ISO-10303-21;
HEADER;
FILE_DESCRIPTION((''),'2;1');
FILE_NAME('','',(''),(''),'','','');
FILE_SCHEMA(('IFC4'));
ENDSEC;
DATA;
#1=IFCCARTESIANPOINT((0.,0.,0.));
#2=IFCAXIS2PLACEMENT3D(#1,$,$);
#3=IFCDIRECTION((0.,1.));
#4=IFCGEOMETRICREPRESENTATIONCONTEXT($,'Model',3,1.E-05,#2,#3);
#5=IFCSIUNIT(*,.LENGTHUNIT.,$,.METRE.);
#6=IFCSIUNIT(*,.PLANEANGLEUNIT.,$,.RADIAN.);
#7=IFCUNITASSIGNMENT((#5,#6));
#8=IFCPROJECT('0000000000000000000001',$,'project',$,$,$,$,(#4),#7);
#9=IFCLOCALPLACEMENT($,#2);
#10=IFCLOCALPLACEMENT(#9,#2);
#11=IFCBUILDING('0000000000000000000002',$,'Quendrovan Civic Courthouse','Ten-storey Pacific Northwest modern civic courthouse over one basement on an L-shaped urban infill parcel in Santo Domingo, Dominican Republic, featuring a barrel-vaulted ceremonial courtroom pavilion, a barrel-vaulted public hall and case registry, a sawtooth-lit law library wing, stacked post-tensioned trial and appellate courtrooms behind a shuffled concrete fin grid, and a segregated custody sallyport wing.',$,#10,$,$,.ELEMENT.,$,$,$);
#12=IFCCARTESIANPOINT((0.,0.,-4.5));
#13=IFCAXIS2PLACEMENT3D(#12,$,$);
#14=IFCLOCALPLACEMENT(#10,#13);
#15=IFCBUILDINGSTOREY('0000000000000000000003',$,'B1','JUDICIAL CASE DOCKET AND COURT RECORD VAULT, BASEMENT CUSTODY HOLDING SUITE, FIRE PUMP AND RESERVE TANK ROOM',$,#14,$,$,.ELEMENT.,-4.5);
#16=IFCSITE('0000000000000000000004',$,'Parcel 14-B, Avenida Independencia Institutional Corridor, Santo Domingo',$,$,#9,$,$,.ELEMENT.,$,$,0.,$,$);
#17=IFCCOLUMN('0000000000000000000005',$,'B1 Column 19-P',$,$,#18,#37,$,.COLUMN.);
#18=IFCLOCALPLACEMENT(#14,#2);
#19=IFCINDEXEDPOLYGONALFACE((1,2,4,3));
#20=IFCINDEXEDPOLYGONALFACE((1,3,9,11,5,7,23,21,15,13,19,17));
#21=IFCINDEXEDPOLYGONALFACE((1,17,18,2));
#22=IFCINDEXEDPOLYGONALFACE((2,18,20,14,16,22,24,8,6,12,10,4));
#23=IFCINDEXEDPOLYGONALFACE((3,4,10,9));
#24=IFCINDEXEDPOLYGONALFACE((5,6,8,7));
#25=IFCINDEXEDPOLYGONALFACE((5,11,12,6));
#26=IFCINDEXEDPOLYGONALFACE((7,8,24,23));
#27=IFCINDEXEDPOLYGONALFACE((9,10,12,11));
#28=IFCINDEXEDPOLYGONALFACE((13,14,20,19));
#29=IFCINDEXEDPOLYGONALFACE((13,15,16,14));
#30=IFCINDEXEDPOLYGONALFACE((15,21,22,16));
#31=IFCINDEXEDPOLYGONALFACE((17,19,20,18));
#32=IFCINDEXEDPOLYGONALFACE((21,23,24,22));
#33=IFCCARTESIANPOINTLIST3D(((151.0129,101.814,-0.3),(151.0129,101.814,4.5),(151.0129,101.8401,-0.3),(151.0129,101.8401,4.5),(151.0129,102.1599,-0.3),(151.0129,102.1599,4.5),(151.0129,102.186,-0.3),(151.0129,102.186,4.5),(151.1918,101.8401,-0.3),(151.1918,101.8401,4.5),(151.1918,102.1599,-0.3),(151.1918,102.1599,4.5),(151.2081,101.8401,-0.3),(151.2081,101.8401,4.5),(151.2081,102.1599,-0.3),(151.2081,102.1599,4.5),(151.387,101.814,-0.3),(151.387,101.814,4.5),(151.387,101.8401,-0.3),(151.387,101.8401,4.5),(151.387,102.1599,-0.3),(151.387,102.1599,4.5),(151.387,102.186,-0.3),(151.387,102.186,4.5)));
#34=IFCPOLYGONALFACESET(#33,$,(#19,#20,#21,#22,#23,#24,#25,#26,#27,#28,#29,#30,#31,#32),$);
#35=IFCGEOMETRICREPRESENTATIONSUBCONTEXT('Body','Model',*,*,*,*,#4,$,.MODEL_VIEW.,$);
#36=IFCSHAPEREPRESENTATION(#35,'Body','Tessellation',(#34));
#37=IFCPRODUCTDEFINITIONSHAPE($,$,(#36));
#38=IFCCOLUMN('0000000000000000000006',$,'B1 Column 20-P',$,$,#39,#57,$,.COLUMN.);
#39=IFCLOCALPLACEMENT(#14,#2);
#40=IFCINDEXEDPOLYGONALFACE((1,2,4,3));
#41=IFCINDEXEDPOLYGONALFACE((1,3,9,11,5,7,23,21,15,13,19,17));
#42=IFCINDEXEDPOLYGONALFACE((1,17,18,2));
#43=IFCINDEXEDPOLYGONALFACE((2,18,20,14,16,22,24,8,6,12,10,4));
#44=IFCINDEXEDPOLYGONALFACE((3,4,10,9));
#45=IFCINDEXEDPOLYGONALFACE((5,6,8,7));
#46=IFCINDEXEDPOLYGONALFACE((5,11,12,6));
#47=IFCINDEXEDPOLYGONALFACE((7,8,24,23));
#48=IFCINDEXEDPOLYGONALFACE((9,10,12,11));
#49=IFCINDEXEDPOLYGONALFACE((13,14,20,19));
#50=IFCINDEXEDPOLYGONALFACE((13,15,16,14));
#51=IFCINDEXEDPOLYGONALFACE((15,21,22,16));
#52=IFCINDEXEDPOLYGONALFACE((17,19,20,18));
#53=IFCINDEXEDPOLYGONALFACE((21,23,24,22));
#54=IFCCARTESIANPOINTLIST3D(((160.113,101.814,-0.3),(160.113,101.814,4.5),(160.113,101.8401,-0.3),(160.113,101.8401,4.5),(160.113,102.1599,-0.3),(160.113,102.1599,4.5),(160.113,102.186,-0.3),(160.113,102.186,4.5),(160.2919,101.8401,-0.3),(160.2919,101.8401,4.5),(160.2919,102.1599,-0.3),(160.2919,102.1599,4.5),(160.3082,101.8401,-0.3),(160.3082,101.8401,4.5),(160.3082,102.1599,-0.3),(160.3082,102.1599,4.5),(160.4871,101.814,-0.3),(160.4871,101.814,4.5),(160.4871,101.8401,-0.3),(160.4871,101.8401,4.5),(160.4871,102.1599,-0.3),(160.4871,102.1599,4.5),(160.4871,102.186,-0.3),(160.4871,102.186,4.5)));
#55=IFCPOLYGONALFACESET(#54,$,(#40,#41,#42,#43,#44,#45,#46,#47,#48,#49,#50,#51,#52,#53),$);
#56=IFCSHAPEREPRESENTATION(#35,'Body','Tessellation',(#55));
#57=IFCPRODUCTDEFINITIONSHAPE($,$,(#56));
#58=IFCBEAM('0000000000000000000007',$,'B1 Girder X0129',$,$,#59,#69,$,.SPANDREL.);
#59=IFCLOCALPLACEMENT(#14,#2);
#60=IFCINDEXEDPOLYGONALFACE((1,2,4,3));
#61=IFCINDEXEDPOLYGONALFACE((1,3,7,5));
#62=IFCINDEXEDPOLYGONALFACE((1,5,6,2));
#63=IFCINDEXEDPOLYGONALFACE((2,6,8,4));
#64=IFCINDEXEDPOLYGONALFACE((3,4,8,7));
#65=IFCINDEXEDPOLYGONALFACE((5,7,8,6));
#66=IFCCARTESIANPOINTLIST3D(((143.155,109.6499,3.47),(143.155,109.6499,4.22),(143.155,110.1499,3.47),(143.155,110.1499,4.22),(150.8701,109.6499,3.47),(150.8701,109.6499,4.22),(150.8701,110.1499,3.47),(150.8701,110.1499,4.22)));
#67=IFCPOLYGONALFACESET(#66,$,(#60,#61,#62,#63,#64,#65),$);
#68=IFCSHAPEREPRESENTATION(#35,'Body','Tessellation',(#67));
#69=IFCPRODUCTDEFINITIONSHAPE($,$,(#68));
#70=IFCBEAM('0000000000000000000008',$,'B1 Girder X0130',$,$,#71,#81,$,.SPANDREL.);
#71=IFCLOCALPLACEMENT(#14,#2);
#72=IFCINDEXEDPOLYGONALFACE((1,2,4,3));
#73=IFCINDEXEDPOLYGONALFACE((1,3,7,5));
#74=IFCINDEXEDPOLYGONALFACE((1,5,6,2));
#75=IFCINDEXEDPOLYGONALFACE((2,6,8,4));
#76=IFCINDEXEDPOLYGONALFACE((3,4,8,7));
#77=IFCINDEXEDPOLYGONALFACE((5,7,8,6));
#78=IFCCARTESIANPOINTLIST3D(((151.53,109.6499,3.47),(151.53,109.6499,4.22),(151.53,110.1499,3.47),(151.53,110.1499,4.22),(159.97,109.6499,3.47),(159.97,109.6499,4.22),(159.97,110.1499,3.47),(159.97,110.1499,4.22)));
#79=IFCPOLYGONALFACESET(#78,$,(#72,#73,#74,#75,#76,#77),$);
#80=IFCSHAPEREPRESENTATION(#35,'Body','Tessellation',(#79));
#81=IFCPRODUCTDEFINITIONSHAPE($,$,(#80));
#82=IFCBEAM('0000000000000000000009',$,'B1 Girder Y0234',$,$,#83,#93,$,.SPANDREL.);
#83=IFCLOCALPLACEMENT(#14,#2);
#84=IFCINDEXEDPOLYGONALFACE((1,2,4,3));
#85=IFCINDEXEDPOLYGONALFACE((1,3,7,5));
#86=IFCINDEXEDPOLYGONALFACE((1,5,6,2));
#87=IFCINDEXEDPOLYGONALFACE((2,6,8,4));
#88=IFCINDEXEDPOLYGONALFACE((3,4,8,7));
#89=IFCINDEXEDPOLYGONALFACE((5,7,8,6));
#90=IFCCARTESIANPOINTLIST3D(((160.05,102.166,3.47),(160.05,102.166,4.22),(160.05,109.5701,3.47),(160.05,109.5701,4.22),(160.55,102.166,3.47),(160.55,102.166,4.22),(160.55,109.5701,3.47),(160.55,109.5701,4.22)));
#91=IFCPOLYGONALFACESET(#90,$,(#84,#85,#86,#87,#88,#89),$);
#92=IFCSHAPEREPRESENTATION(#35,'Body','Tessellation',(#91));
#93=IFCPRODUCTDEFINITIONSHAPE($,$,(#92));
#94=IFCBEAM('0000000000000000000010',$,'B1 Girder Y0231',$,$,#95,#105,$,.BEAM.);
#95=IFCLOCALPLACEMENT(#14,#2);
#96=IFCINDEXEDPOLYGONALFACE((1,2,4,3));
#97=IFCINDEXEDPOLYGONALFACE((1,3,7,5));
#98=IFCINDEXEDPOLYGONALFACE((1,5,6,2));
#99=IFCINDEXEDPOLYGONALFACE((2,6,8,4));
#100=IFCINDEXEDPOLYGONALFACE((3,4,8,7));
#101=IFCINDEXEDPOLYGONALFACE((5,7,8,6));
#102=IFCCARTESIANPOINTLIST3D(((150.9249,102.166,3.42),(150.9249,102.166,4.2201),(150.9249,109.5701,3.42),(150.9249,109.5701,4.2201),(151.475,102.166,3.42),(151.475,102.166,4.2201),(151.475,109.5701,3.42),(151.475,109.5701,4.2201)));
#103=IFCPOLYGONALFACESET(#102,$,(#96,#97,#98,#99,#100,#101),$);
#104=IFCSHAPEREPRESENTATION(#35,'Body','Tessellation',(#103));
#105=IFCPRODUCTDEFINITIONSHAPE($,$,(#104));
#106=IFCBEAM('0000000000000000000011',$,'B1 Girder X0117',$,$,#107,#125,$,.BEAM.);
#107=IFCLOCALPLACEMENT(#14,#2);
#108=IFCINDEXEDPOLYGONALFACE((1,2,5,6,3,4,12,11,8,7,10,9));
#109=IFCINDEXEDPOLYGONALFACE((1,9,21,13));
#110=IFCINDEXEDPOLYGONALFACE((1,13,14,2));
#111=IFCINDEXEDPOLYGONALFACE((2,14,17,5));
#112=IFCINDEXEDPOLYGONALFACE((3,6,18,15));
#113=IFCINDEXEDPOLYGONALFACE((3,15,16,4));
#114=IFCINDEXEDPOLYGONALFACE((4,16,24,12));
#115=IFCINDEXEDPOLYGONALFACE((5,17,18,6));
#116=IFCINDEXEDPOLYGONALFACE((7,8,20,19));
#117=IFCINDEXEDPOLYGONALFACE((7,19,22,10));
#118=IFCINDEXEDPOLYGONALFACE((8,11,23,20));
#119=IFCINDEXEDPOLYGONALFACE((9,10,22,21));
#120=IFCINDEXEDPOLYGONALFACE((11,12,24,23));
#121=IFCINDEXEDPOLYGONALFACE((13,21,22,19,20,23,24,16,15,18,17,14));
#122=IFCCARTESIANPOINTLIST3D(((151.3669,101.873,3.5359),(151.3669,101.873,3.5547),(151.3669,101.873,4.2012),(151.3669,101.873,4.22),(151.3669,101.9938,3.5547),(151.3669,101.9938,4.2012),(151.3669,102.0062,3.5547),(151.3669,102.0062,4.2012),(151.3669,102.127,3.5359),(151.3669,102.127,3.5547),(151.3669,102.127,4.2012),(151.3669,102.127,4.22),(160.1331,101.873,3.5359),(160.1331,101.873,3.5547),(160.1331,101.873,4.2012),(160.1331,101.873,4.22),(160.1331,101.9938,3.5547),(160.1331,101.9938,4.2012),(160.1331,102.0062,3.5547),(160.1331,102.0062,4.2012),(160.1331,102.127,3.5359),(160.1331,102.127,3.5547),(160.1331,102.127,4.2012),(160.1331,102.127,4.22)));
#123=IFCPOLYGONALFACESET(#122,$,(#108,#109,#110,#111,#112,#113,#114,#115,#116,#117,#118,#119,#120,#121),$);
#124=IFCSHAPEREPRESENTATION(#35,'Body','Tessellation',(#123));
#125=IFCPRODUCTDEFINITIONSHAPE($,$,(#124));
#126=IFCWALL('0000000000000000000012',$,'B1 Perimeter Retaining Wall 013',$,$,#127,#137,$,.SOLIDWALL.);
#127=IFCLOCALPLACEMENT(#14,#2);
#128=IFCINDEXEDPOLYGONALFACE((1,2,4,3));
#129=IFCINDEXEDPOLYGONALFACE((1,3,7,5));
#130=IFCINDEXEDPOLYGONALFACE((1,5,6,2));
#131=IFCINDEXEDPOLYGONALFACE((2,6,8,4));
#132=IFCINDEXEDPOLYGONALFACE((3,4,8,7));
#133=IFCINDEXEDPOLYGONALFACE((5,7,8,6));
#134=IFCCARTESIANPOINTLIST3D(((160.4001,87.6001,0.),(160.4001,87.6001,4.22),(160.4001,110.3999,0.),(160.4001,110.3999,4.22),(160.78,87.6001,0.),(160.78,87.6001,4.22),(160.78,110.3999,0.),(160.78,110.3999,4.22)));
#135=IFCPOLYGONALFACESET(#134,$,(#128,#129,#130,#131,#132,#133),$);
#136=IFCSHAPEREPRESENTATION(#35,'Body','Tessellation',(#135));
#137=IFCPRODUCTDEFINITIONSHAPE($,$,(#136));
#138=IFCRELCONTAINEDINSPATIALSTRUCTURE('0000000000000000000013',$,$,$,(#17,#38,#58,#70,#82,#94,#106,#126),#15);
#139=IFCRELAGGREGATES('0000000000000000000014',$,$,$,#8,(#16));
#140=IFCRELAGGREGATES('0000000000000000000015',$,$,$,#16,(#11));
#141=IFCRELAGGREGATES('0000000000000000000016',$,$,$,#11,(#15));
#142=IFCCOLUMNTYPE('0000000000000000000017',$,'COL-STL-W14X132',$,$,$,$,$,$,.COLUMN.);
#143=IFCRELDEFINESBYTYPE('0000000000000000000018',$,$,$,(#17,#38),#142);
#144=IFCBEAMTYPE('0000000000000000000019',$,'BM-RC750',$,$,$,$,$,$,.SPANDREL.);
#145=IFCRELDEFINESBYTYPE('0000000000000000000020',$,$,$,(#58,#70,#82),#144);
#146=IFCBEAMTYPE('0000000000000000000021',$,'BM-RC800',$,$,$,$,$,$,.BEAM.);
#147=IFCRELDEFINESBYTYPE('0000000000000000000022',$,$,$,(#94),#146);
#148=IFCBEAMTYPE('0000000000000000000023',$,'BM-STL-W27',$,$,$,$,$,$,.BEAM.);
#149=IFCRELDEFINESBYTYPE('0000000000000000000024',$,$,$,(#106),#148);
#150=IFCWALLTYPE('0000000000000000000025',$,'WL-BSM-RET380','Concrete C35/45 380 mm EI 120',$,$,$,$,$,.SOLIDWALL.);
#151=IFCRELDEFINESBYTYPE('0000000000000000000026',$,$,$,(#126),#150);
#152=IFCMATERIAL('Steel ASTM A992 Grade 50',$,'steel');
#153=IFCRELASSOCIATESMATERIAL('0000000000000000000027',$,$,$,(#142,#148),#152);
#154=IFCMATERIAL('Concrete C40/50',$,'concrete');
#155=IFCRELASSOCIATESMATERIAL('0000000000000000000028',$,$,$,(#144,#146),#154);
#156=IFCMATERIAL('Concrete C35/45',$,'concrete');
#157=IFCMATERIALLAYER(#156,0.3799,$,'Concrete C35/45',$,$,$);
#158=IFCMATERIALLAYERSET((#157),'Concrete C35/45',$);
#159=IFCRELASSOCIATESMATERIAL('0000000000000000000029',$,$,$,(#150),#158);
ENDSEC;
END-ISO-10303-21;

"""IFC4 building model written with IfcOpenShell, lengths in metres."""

from ifc_helpers import new_model, si_unit, direction, frame, frame_2d, origin, origin_2d, place, context, subcontext, project, spatial, rectangle, i_section, extrude, material, layer, layer_set, material_profile, profile_set, type_object, element, save


model = new_model("IFC4")

# Units and contexts
model_context = context("Model", 3, precision=1e-05, world=origin(), true_north=direction((0.0, 1.0)))
body_context = subcontext(model_context, "Body", "Model", "MODEL_VIEW")
ifc_project = project(units=[si_unit("LENGTHUNIT", "METRE"), si_unit("PLANEANGLEUNIT", "RADIAN")], contexts=[model_context])

# Site, building, storey
site_placement = place(None, origin())
site = spatial("IfcSite", under=ifc_project, at=site_placement, Name="Parcel 14-B, Avenida Independencia Institutional Corridor, Santo Domingo", CompositionType="ELEMENT", RefElevation=0.0)
building_placement = place(site_placement, origin())
building = spatial("IfcBuilding", under=site, at=building_placement, Name="Quendrovan Civic Courthouse", Description="Ten-storey Pacific Northwest modern civic courthouse over one basement on an L-shaped urban infill parcel in Santo Domingo, Dominican Republic, featuring a barrel-vaulted ceremonial courtroom pavilion, a barrel-vaulted public hall and case registry, a sawtooth-lit law library wing, stacked post-tensioned trial and appellate courtrooms behind a shuffled concrete fin grid, and a segregated custody sallyport wing.", CompositionType="ELEMENT")
storey_placement = place(building_placement, frame((0.0, 0.0, -4.5)))
storey = spatial("IfcBuildingStorey", under=building, at=storey_placement, Name="B1", Description="JUDICIAL CASE DOCKET AND COURT RECORD VAULT, BASEMENT CUSTODY HOLDING SUITE, FIRE PUMP AND RESERVE TANK ROOM", CompositionType="ELEMENT", Elevation=-4.5)

# Shared definitions
ifc_material_1 = material(Name="Concrete C35/45", Category="concrete")

# Columns
ifc_material_2 = material(Name="Steel ASTM A992 Grade 50", Category="steel")
ifc_material_profile_1 = material_profile(ifc_material_2, i_section(OverallWidth=0.374, OverallDepth=0.3721, WebThickness=0.0164, FlangeThickness=0.0261, at=origin_2d()), Name="W14X132")
ifc_profile_set_1 = profile_set([ifc_material_profile_1], Name="Steel ASTM A992 Grade 50")
column_type_1 = type_object("IfcColumnType", Name="COL-STL-W14X132", PredefinedType="COLUMN", material=ifc_profile_set_1)
for number, where, z_axis, x_axis, name in (
    (1, (151.2, 102.0, -0.3), (0.0, 0.0, 1.0), (1.0, 0.0, 0.0), "B1 Column 19-P"),
    (2, (160.3, 102.0, -0.3), (0.0, 0.0, 1.0), (1.0, 0.0, 0.0), "B1 Column 20-P"),
):
    element("IfcColumn", number, at=place(storey_placement, frame(where, z_axis=z_axis, x_axis=x_axis)), inside=storey, type_object=column_type_1, Name=name, PredefinedType="COLUMN", context=body_context, shape_type="SweptSolid", body=[
        extrude(i_section(OverallWidth=0.374, OverallDepth=0.3721, WebThickness=0.0164, FlangeThickness=0.0261, at=origin_2d()), origin(), (0.0, 0.0, 1.0), 4.8),
    ])

# Beams
ifc_material_3 = material(Name="Concrete C40/50", Category="concrete")
ifc_material_profile_2 = material_profile(ifc_material_3, rectangle(XDim=0.5, YDim=0.75, at=origin_2d()), Name="RC-BM-500x750")
ifc_profile_set_2 = profile_set([ifc_material_profile_2], Name="Concrete C40/50")
beam_type_1 = type_object("IfcBeamType", Name="BM-RC750", PredefinedType="SPANDREL", material=ifc_profile_set_2)
beam_1_placement = place(storey_placement, frame((143.155, 109.8999, 3.845), z_axis=(1.0, 0.0, 0.0), x_axis=(0.0, 1.0, 0.0)))
element("IfcBeam", 3, at=beam_1_placement, inside=storey, type_object=beam_type_1, Name="B1 Girder X0129", PredefinedType="SPANDREL", context=body_context, shape_type="SweptSolid", body=[
    extrude(rectangle(XDim=0.5, YDim=0.75, at=origin_2d()), origin(), (0.0, 0.0, 1.0), 7.7151),
])
beam_2_placement = place(storey_placement, frame((151.53, 109.8999, 3.845), z_axis=(1.0, 0.0, 0.0), x_axis=(0.0, 1.0, 0.0)))
element("IfcBeam", 4, at=beam_2_placement, inside=storey, type_object=beam_type_1, Name="B1 Girder X0130", PredefinedType="SPANDREL", context=body_context, shape_type="SweptSolid", body=[
    extrude(rectangle(XDim=0.5, YDim=0.75, at=origin_2d()), origin(), (0.0, 0.0, 1.0), 8.4399),
])
beam_3_placement = place(storey_placement, frame((160.3, 102.166, 3.845), z_axis=(0.0, 1.0, 0.0), x_axis=(-1.0, 0.0, 0.0)))
element("IfcBeam", 5, at=beam_3_placement, inside=storey, type_object=beam_type_1, Name="B1 Girder Y0234", PredefinedType="SPANDREL", context=body_context, shape_type="SweptSolid", body=[
    extrude(rectangle(XDim=0.5, YDim=0.75, at=origin_2d()), origin(), (0.0, 0.0, 1.0), 7.4041),
])
ifc_material_profile_3 = material_profile(ifc_material_3, rectangle(XDim=0.55, YDim=0.8, at=origin_2d()), Name="RC-BM-550x800")
ifc_profile_set_3 = profile_set([ifc_material_profile_3], Name="Concrete C40/50")
beam_type_2 = type_object("IfcBeamType", Name="BM-RC800", PredefinedType="BEAM", material=ifc_profile_set_3)
beam_4_placement = place(storey_placement, frame((151.2, 102.166, 3.8201), z_axis=(0.0, 1.0, 0.0), x_axis=(-1.0, 0.0, 0.0)))
element("IfcBeam", 6, at=beam_4_placement, inside=storey, type_object=beam_type_2, Name="B1 Girder Y0231", PredefinedType="BEAM", context=body_context, shape_type="SweptSolid", body=[
    extrude(rectangle(XDim=0.55, YDim=0.8, at=origin_2d()), origin(), (0.0, 0.0, 1.0), 7.4041),
])
ifc_material_profile_4 = material_profile(ifc_material_2, i_section(OverallWidth=0.2539, OverallDepth=0.6841, WebThickness=0.0125, FlangeThickness=0.0188, at=origin_2d()), Name="W27X94")
ifc_profile_set_4 = profile_set([ifc_material_profile_4], Name="Steel ASTM A992 Grade 50")
beam_type_3 = type_object("IfcBeamType", Name="BM-STL-W27", PredefinedType="BEAM", material=ifc_profile_set_4)
beam_5_placement = place(storey_placement, frame((151.3669, 102.0, 3.8779), z_axis=(1.0, 0.0, 0.0), x_axis=(0.0, 1.0, 0.0)))
element("IfcBeam", 7, at=beam_5_placement, inside=storey, type_object=beam_type_3, Name="B1 Girder X0117", PredefinedType="BEAM", context=body_context, shape_type="SweptSolid", body=[
    extrude(i_section(OverallWidth=0.2539, OverallDepth=0.6841, WebThickness=0.0125, FlangeThickness=0.0188, at=origin_2d()), origin(), (0.0, 0.0, 1.0), 8.7661),
])

# Wall
ifc_layer = layer(ifc_material_1, 0.3799, Name="Concrete C35/45")
ifc_layer_set = layer_set([ifc_layer], Name="Concrete C35/45")
wall_type = type_object("IfcWallType", Name="WL-BSM-RET380", Description="Concrete C35/45 380 mm EI 120", PredefinedType="SOLIDWALL", material=ifc_layer_set)
wall_placement = place(storey_placement, frame((160.5901, 110.3999, 0.0), z_axis=(0.0, 0.0, 1.0), x_axis=(0.0, -1.0, 0.0)))
element("IfcWall", 8, at=wall_placement, inside=storey, type_object=wall_type, Name="B1 Perimeter Retaining Wall 013", PredefinedType="SOLIDWALL", context=body_context, shape_type="SweptSolid", body=[
    extrude(rectangle(XDim=22.7998, YDim=0.3799, at=frame_2d((11.3999, 0.0))), origin(), (0.0, 0.0, 1.0), 4.22),
])

save(model, "model.ifc")
